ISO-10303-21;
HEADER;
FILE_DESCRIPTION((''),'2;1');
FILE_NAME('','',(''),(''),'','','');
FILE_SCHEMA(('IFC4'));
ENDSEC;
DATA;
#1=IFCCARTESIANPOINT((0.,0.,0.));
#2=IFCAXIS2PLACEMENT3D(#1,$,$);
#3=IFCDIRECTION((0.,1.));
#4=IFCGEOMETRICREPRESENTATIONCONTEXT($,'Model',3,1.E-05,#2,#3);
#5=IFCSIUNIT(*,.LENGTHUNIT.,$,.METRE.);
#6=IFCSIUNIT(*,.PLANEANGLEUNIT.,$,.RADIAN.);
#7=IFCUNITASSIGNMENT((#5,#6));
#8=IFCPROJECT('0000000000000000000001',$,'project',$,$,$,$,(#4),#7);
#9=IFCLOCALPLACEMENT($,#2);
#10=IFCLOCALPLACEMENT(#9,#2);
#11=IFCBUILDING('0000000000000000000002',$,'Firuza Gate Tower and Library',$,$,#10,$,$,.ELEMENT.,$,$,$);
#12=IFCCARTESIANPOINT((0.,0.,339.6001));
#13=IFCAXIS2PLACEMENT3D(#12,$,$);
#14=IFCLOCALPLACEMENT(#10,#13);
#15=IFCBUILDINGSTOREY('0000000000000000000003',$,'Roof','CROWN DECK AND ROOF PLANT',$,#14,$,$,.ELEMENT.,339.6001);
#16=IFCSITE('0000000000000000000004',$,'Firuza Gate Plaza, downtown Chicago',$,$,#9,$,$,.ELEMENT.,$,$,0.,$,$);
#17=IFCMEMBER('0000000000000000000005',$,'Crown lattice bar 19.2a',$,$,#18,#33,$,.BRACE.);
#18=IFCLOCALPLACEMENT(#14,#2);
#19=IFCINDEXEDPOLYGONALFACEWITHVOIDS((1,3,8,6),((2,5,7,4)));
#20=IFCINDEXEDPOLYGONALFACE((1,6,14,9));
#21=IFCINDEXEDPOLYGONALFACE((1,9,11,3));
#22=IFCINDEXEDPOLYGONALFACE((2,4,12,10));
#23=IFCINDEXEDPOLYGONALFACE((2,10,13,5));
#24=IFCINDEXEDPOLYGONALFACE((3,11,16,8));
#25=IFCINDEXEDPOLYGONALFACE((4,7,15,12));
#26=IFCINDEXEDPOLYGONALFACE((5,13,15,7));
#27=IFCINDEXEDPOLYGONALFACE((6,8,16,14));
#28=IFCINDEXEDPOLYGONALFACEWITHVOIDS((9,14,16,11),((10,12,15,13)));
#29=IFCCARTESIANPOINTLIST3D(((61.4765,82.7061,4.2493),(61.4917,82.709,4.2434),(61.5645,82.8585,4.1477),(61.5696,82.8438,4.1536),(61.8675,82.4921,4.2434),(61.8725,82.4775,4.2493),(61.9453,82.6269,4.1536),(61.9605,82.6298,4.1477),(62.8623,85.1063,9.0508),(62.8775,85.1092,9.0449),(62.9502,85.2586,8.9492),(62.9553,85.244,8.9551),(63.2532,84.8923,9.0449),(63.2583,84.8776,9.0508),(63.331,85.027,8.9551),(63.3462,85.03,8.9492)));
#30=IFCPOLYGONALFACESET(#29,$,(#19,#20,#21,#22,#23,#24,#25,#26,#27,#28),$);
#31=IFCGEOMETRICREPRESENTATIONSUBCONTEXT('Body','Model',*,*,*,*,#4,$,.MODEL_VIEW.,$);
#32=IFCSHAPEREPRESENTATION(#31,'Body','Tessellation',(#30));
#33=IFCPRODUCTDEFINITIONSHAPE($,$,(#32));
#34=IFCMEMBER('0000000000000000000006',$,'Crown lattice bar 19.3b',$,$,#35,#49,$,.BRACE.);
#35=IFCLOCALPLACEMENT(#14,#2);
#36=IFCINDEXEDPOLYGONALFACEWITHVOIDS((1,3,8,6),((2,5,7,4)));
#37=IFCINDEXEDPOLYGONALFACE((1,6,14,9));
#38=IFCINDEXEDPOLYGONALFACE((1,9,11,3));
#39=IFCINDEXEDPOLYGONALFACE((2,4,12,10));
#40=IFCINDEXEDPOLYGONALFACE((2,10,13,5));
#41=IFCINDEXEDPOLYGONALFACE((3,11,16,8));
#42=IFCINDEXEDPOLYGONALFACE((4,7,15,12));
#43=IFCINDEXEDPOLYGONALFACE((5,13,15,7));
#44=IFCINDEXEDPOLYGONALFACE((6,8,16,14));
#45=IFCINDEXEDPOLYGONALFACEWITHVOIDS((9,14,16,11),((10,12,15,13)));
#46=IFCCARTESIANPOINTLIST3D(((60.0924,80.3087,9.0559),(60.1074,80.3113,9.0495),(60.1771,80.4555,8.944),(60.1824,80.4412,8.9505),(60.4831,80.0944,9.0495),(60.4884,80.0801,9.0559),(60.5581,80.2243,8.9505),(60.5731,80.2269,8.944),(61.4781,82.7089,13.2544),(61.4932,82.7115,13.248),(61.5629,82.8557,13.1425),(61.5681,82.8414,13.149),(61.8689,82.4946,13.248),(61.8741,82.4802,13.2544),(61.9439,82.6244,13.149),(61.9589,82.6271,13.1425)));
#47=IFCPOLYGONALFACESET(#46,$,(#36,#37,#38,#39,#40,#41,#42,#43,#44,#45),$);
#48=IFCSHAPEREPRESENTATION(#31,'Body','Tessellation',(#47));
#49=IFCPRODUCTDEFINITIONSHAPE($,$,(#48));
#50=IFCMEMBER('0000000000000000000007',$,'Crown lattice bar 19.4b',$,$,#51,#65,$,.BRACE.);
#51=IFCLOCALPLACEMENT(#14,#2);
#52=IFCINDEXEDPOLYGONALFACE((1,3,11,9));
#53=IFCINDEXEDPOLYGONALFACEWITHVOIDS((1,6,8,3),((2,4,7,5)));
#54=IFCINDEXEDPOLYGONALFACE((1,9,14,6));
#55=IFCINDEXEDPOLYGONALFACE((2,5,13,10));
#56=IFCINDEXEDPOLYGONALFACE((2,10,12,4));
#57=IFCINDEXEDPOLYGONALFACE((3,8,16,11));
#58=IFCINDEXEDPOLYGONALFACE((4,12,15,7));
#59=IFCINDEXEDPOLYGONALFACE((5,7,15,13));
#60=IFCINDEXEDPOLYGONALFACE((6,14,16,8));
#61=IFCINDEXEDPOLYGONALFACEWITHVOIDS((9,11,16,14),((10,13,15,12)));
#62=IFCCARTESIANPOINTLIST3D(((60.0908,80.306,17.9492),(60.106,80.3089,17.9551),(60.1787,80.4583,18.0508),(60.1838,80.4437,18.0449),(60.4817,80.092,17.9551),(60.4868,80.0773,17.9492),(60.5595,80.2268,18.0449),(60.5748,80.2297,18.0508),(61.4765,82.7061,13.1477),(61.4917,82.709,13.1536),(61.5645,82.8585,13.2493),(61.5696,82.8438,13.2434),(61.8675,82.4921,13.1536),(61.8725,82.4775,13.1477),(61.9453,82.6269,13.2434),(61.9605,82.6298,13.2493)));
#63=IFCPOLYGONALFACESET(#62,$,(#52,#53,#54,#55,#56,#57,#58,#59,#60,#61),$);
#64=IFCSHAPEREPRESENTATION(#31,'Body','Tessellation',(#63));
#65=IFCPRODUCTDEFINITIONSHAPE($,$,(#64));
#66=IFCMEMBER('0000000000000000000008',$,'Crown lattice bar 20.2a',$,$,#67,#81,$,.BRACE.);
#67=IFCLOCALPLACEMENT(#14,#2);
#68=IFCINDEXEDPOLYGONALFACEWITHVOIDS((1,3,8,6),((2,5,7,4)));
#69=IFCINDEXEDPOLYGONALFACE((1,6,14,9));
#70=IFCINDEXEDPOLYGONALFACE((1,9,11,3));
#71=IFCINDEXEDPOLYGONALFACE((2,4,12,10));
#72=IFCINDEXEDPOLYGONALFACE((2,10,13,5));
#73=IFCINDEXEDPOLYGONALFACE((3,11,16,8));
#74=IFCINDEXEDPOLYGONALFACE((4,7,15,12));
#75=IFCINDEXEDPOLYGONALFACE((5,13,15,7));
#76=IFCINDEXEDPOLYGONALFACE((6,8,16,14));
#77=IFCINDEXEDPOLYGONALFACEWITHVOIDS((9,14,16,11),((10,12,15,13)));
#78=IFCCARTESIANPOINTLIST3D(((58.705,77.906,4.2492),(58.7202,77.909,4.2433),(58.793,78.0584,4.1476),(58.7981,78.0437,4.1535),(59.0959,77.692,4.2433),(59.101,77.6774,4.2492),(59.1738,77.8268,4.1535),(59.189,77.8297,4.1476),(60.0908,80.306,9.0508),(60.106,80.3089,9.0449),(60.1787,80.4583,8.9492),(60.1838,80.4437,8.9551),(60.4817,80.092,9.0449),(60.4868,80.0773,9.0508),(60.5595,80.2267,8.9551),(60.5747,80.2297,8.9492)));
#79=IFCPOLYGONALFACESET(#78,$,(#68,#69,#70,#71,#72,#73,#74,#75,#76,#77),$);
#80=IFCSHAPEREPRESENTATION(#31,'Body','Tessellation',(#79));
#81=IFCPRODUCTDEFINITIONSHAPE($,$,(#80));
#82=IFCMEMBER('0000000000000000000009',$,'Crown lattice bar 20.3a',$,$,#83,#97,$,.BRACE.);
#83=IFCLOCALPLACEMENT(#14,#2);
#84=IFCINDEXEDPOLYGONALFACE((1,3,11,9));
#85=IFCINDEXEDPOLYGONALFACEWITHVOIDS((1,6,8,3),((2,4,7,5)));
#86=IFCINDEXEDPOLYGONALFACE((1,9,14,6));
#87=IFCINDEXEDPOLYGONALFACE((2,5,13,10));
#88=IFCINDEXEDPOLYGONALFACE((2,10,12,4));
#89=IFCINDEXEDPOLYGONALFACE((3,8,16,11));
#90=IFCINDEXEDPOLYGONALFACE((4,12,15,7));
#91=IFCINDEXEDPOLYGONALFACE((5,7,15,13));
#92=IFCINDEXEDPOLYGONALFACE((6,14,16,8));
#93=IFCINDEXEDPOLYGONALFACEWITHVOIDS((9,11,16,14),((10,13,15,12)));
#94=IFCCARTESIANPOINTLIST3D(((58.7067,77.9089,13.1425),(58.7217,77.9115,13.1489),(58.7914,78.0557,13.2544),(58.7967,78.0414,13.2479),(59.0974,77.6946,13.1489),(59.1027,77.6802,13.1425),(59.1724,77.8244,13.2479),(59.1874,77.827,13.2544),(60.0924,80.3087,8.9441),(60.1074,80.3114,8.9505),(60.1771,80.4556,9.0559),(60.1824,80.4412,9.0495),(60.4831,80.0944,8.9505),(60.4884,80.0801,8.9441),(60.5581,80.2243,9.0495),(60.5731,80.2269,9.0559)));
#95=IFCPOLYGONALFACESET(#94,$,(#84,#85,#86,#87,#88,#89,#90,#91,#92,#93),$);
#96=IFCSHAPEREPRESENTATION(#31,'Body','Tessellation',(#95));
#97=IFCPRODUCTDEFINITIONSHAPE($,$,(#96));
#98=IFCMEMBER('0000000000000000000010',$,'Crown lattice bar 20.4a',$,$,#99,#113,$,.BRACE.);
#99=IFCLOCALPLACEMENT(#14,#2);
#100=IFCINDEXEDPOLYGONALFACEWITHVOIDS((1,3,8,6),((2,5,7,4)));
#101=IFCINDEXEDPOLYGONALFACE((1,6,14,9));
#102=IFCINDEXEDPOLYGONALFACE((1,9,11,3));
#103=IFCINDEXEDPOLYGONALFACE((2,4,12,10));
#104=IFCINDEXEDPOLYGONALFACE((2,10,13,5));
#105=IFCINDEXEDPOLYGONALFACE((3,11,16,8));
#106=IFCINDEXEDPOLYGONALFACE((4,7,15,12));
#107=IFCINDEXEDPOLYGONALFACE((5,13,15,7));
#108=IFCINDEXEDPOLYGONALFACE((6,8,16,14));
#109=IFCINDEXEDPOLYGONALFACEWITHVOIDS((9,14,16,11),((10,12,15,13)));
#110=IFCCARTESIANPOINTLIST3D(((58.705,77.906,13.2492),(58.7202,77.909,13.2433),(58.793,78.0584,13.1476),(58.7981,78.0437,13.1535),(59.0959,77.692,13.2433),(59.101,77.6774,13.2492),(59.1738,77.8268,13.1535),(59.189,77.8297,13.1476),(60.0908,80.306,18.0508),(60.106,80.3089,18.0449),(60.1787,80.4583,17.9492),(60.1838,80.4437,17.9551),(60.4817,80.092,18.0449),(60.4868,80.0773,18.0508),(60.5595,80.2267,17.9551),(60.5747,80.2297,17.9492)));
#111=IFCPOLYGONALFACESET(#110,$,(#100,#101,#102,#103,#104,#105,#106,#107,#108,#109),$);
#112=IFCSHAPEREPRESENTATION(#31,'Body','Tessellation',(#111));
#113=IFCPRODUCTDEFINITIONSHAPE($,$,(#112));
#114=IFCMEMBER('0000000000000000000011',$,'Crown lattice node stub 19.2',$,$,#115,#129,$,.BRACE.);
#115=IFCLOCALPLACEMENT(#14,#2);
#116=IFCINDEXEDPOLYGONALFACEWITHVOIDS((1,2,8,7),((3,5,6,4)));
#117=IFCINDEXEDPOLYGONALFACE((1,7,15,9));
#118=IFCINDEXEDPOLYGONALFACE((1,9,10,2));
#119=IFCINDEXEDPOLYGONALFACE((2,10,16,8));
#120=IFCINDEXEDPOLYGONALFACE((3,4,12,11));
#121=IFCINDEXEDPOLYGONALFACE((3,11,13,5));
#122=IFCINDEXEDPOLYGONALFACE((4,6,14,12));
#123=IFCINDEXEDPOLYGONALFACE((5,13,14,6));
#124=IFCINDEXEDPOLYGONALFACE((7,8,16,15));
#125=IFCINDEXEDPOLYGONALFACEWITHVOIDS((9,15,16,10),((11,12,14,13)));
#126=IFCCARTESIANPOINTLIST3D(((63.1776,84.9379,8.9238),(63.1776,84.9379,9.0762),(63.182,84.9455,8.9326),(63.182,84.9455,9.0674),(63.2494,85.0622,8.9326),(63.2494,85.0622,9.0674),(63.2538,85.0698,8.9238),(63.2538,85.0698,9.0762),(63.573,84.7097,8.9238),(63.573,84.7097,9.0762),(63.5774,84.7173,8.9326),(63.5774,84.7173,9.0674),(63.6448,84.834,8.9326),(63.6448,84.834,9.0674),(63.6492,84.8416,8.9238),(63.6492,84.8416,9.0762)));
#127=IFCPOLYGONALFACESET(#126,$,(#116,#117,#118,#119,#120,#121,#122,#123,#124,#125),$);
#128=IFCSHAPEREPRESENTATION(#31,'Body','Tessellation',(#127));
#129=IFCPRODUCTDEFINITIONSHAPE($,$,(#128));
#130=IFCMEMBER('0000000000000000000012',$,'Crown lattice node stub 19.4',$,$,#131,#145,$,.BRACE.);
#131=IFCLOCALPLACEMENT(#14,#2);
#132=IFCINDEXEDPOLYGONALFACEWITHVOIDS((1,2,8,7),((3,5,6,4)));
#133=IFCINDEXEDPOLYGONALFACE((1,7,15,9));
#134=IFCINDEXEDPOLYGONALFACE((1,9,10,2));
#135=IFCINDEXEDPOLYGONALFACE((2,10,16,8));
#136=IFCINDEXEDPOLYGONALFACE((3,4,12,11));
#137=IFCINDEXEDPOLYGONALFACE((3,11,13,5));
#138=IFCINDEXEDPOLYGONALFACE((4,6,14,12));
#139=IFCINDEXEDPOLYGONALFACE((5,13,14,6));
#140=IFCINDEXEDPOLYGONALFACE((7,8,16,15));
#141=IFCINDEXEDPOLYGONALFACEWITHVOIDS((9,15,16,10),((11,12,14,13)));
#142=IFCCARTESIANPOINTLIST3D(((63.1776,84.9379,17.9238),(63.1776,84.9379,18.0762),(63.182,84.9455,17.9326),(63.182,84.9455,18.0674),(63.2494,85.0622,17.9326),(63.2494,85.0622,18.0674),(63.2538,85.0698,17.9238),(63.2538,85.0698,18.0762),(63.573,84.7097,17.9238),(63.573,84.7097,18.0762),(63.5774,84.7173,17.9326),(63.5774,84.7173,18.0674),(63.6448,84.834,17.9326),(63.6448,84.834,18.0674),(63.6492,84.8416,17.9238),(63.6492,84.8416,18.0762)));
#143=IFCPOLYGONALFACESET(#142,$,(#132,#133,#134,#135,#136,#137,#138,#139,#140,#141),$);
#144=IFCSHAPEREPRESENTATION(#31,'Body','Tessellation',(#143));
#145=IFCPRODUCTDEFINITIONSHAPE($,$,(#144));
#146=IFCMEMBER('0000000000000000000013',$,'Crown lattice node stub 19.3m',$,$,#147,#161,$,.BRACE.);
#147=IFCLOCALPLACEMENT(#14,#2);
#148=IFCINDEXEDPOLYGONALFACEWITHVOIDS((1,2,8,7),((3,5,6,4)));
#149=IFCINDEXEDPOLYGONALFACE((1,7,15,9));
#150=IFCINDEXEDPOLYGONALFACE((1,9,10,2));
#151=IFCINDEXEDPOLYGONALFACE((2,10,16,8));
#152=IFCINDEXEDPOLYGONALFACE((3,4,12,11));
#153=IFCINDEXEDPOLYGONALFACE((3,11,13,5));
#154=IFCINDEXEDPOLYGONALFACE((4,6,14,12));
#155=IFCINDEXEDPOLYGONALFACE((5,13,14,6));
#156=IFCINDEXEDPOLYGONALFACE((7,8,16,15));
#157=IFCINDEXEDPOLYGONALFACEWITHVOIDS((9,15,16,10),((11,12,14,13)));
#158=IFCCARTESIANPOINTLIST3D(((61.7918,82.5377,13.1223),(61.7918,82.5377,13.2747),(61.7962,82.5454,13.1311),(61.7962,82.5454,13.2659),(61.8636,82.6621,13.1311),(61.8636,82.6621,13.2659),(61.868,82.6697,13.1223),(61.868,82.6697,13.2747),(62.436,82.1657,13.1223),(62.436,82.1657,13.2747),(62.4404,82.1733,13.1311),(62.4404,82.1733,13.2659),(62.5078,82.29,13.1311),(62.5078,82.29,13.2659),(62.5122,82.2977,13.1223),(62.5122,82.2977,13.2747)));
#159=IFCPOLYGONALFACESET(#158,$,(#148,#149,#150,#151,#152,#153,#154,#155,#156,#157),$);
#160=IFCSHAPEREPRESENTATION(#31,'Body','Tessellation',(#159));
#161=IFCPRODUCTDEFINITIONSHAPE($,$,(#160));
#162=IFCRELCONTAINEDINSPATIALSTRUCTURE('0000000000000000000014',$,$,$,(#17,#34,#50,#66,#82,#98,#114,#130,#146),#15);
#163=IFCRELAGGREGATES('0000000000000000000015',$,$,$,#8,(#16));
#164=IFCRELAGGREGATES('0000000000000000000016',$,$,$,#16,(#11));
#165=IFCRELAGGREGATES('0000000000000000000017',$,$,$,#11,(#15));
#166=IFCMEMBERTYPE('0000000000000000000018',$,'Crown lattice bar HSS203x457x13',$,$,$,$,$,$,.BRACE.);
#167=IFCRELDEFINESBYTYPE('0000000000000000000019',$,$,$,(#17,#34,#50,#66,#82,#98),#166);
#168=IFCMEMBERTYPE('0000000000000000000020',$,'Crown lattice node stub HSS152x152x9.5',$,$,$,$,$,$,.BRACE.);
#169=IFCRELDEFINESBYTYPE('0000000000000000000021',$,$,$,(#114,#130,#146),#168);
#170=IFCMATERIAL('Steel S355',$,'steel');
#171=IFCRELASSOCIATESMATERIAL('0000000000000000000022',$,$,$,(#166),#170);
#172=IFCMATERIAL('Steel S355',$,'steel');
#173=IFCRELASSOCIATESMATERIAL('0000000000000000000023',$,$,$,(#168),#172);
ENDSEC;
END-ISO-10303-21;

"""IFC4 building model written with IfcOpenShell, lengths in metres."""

from ifc_helpers import new_model, si_unit, direction, frame, origin, origin_2d, place, context, subcontext, project, spatial, hollow_rectangle, extrude, material, material_profile, profile_set, type_object, element, save


model = new_model("IFC4")

# Units and contexts
model_context = context("Model", 3, precision=1e-05, world=origin(), true_north=direction((0.0, 1.0)))
body_context = subcontext(model_context, "Body", "Model", "MODEL_VIEW")
ifc_project = project(units=[si_unit("LENGTHUNIT", "METRE"), si_unit("PLANEANGLEUNIT", "RADIAN")], contexts=[model_context])

# Site, building, storey
site_placement = place(None, origin())
site = spatial("IfcSite", under=ifc_project, at=site_placement, Name="Firuza Gate Plaza, downtown Chicago", CompositionType="ELEMENT", RefElevation=0.0)
building_placement = place(site_placement, origin())
building = spatial("IfcBuilding", under=site, at=building_placement, Name="Firuza Gate Tower and Library", CompositionType="ELEMENT")
storey_placement = place(building_placement, frame((0.0, 0.0, 339.6001)))
storey = spatial("IfcBuildingStorey", under=building, at=storey_placement, Name="Roof", Description="CROWN DECK AND ROOF PLANT", CompositionType="ELEMENT", Elevation=339.6001)

# Members
ifc_material_1 = material(Name="Steel S355", Category="steel")
ifc_material_profile_1 = material_profile(ifc_material_1, hollow_rectangle(XDim=0.4573, YDim=0.2031, WallThickness=0.0117, at=origin_2d()))
ifc_profile_set_1 = profile_set([ifc_material_profile_1], Name="Steel S355")
member_type_1 = type_object("IfcMemberType", Name="Crown lattice bar HSS203x457x13", PredefinedType="BRACE", material=ifc_profile_set_1)
member_1_placement = place(storey_placement, frame((63.1042, 85.0681, 9.0), z_axis=(-0.249955, -0.43293, -0.86608), x_axis=(0.866023, -0.500005, 0.0)))
element("IfcMember", 1, at=member_1_placement, inside=storey, type_object=member_type_1, Name="Crown lattice bar 19.2a", PredefinedType="BRACE", context=body_context, shape_type="SweptSolid", body=[
    extrude(hollow_rectangle(XDim=0.4573, YDim=0.2031, WallThickness=0.0117, at=origin_2d()), origin(), (0.0, 0.0, 1.0), 5.5439),
])
member_2_placement = place(storey_placement, frame((61.7185, 82.668, 13.1985), z_axis=(-0.275455, -0.477097, -0.834568), x_axis=(0.866023, -0.500005, 0.0)))
element("IfcMember", 2, at=member_2_placement, inside=storey, type_object=member_type_1, Name="Crown lattice bar 19.3b", PredefinedType="BRACE", context=body_context, shape_type="SweptSolid", body=[
    extrude(hollow_rectangle(XDim=0.4573, YDim=0.2031, WallThickness=0.0117, at=origin_2d()), origin(), (0.0, 0.0, 1.0), 5.0308),
])
for number, where, z_axis, x_axis, name in (
    (3, (61.7185, 82.668, 13.1985), (-0.249955, -0.43293, 0.86608), (0.866023, -0.500005, 0.0), "Crown lattice bar 19.4b"),
    (4, (60.3328, 80.2678, 9.0), (-0.24996, -0.432894, -0.866096), (0.866001, -0.500043, 0.0), "Crown lattice bar 20.2a"),
):
    element("IfcMember", number, at=place(storey_placement, frame(where, z_axis=z_axis, x_axis=x_axis)), inside=storey, type_object=member_type_1, Name=name, PredefinedType="BRACE", context=body_context, shape_type="SweptSolid", body=[
        extrude(hollow_rectangle(XDim=0.4573, YDim=0.2031, WallThickness=0.0117, at=origin_2d()), origin(), (0.0, 0.0, 1.0), 5.5439),
    ])
member_3_placement = place(storey_placement, frame((60.3328, 80.2678, 9.0), z_axis=(-0.275462, -0.477059, 0.834587), x_axis=(0.866001, -0.500043, 0.0)))
element("IfcMember", 5, at=member_3_placement, inside=storey, type_object=member_type_1, Name="Crown lattice bar 20.3a", PredefinedType="BRACE", context=body_context, shape_type="SweptSolid", body=[
    extrude(hollow_rectangle(XDim=0.4573, YDim=0.2031, WallThickness=0.0117, at=origin_2d()), origin(), (0.0, 0.0, 1.0), 5.0305),
])
member_4_placement = place(storey_placement, frame((60.3328, 80.2678, 18.0), z_axis=(-0.24996, -0.432894, -0.866096), x_axis=(0.866001, -0.500043, 0.0)))
element("IfcMember", 6, at=member_4_placement, inside=storey, type_object=member_type_1, Name="Crown lattice bar 20.4a", PredefinedType="BRACE", context=body_context, shape_type="SweptSolid", body=[
    extrude(hollow_rectangle(XDim=0.4573, YDim=0.2031, WallThickness=0.0117, at=origin_2d()), origin(), (0.0, 0.0, 1.0), 5.5439),
])
ifc_material_2 = material(Name="Steel S355", Category="steel")
ifc_material_profile_2 = material_profile(ifc_material_2, hollow_rectangle(XDim=0.1523, YDim=0.1523, WallThickness=0.0088, at=origin_2d()))
ifc_profile_set_2 = profile_set([ifc_material_profile_2], Name="Steel S355")
member_type_2 = type_object("IfcMemberType", Name="Crown lattice node stub HSS152x152x9.5", PredefinedType="BRACE", material=ifc_profile_set_2)
for number, where, z_axis, x_axis, name in (
    (7, (63.6111, 84.7756, 9.0), (-0.866097, 0.499877, 0.0), (-0.499877, -0.866097, 0.0), "Crown lattice node stub 19.2"),
    (8, (63.6111, 84.7756, 18.0), (-0.866097, 0.499877, 0.0), (-0.499877, -0.866097, 0.0), "Crown lattice node stub 19.4"),
):
    element("IfcMember", number, at=place(storey_placement, frame(where, z_axis=z_axis, x_axis=x_axis)), inside=storey, type_object=member_type_2, Name=name, PredefinedType="BRACE", context=body_context, shape_type="SweptSolid", body=[
        extrude(hollow_rectangle(XDim=0.1523, YDim=0.1523, WallThickness=0.0088, at=origin_2d()), origin(), (0.0, 0.0, 1.0), 0.4565),
    ])
member_5_placement = place(storey_placement, frame((62.4741, 82.2317, 13.1985), z_axis=(-0.865972, 0.500092, 0.0), x_axis=(-0.500092, -0.865972, 0.0)))
element("IfcMember", 9, at=member_5_placement, inside=storey, type_object=member_type_2, Name="Crown lattice node stub 19.3m", PredefinedType="BRACE", context=body_context, shape_type="SweptSolid", body=[
    extrude(hollow_rectangle(XDim=0.1523, YDim=0.1523, WallThickness=0.0088, at=origin_2d()), origin(), (0.0, 0.0, 1.0), 0.7439),
])

save(model, "model.ifc")
